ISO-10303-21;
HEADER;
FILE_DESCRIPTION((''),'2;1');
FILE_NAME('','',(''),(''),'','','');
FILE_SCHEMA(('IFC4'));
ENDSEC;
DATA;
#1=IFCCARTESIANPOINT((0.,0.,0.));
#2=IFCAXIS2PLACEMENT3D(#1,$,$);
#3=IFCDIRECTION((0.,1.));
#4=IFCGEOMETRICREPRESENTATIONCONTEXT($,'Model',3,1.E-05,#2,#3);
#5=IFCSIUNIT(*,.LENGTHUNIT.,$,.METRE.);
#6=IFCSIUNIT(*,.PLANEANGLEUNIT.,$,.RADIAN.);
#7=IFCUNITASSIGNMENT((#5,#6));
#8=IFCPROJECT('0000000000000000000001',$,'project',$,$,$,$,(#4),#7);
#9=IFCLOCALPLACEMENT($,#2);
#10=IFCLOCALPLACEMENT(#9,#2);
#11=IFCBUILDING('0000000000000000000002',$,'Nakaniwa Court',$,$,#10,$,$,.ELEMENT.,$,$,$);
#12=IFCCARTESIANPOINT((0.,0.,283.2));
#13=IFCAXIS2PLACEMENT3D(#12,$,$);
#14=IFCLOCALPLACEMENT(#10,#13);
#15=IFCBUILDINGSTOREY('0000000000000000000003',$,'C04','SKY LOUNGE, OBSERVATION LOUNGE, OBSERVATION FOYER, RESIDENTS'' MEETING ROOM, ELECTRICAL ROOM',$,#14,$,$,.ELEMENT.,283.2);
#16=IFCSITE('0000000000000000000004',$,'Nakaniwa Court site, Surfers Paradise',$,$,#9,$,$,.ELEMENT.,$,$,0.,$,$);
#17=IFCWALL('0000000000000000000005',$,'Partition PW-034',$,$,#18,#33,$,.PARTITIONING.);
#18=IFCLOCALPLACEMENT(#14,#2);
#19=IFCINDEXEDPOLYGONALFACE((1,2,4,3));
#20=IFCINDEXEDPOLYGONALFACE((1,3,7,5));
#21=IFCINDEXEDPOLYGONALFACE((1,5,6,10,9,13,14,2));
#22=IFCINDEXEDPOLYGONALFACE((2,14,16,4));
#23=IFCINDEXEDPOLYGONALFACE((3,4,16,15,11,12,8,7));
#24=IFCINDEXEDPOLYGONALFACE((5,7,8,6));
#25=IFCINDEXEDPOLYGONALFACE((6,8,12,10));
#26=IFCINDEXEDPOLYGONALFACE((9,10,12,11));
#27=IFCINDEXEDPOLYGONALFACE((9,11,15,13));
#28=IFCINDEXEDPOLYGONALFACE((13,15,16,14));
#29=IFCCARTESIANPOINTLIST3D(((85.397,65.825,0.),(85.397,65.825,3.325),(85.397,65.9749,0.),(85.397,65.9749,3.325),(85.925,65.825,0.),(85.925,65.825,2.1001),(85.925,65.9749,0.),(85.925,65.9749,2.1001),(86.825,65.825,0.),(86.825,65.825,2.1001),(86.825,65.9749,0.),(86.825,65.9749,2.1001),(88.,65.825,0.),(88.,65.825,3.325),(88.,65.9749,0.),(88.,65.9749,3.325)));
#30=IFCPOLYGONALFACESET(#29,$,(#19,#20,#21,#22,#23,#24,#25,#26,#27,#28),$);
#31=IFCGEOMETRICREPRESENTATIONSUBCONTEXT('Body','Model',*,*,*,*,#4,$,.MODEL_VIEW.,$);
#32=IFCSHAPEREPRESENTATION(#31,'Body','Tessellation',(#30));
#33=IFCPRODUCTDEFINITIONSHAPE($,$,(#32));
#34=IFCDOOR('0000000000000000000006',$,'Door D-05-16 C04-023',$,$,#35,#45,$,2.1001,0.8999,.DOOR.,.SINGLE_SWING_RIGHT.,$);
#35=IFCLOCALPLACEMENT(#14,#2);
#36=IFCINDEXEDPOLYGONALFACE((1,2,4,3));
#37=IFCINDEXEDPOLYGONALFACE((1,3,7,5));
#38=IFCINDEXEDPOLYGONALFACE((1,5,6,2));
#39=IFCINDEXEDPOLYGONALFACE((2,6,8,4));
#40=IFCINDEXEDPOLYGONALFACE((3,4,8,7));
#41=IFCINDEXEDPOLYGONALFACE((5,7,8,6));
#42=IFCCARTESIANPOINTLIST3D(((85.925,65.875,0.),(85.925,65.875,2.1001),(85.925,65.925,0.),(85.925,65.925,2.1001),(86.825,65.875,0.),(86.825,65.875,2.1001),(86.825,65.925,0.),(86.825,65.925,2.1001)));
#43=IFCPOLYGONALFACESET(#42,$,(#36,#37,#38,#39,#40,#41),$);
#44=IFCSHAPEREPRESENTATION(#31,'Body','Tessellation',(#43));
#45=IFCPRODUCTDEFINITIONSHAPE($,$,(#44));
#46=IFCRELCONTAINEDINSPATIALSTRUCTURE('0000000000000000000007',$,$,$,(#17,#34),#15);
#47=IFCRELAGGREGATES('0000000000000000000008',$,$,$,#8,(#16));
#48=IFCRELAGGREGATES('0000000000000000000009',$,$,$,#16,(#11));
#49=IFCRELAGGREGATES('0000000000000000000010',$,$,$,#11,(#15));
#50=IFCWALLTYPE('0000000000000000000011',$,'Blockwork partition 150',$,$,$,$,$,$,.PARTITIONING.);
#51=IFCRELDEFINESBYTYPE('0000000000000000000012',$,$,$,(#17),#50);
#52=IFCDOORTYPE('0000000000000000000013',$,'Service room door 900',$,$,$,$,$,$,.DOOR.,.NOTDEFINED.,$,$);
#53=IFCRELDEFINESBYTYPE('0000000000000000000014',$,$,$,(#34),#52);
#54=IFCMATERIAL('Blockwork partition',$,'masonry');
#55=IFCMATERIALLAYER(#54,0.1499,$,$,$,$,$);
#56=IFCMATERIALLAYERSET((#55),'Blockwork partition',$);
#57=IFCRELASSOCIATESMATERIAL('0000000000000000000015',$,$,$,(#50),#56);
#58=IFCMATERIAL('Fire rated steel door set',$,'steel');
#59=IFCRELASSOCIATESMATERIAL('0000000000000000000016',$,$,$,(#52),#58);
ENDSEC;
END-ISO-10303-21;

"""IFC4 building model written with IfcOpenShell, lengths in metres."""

from ifc_helpers import new_model, si_unit, direction, frame, frame_2d, origin, place, context, subcontext, project, spatial, rectangle, extrude, material, layer, layer_set, type_object, element, fill, save


model = new_model("IFC4")

# Units and contexts
model_context = context("Model", 3, precision=1e-05, world=origin(), true_north=direction((0.0, 1.0)))
body_context = subcontext(model_context, "Body", "Model", "MODEL_VIEW")
ifc_project = project(units=[si_unit("LENGTHUNIT", "METRE"), si_unit("PLANEANGLEUNIT", "RADIAN")], contexts=[model_context])

# Site, building, storey
site_placement = place(None, origin())
site = spatial("IfcSite", under=ifc_project, at=site_placement, Name="Nakaniwa Court site, Surfers Paradise", CompositionType="ELEMENT", RefElevation=0.0)
building_placement = place(site_placement, origin())
building = spatial("IfcBuilding", under=site, at=building_placement, Name="Nakaniwa Court", CompositionType="ELEMENT")
storey_placement = place(building_placement, frame((0.0, 0.0, 283.2)))
storey = spatial("IfcBuildingStorey", under=building, at=storey_placement, Name="C04", Description="SKY LOUNGE, OBSERVATION LOUNGE, OBSERVATION FOYER, RESIDENTS' MEETING ROOM, ELECTRICAL ROOM", CompositionType="ELEMENT", Elevation=283.2)

# Wall, opening, door
ifc_material_1 = material(Name="Blockwork partition", Category="masonry")
ifc_layer_1 = layer(ifc_material_1, 0.1499)
ifc_layer_set_1 = layer_set([ifc_layer_1], Name="Blockwork partition")
wall_type_1 = type_object("IfcWallType", Name="Blockwork partition 150", PredefinedType="PARTITIONING", material=ifc_layer_set_1)
wall_1_placement = place(storey_placement, frame((88.0, 65.8999, 0.0), z_axis=(0.0, 0.0, 1.0), x_axis=(-1.0, 0.0, 0.0)))
wall_1 = element("IfcWall", 1, at=wall_1_placement, inside=storey, type_object=wall_type_1, Name="Partition PW-034", PredefinedType="PARTITIONING", context=body_context, shape_type="SweptSolid", body=[
    extrude(rectangle(XDim=2.603, YDim=0.1499, at=frame_2d((1.3015, 0.0))), origin(), (0.0, 0.0, 1.0), 3.325),
])
opening_1_placement = place(wall_1_placement, frame((1.175, 0.0, 0.0)))
opening_1 = element("IfcOpeningElement", 2, at=opening_1_placement, cuts=wall_1, PredefinedType="OPENING", context=body_context, shape_type="SweptSolid", body=[
    extrude(rectangle(XDim=0.8999, YDim=2.1001, at=frame_2d((0.45, 1.05))), frame((0.0, 0.085, 0.0), z_axis=(0.0, -1.0, 0.0), x_axis=(1.0, 0.0, 0.0)), (0.0, 0.0, 1.0), 0.1699),
])
ifc_material_2 = material(Name="Fire rated steel door set", Category="steel")
door_type_1 = type_object("IfcDoorType", Name="Service room door 900", OperationType="NOTDEFINED", PredefinedType="DOOR", material=ifc_material_2)
door_1_placement = place(opening_1_placement, origin())
door_1 = element("IfcDoor", 3, at=door_1_placement, inside=storey, type_object=door_type_1, Name="Door D-05-16 C04-023", OperationType="SINGLE_SWING_RIGHT", OverallHeight=2.1001, OverallWidth=0.8999, PredefinedType="DOOR", context=body_context, shape_type="SweptSolid", body=[
    extrude(rectangle(XDim=0.8999, YDim=2.1001, at=frame_2d((0.45, 1.05))), frame((0.0, 0.0249, 0.0), z_axis=(0.0, -1.0, 0.0), x_axis=(1.0, 0.0, 0.0)), (0.0, 0.0, 1.0), 0.05),
])
fill(opening_1, door_1)

save(model, "model.ifc")
